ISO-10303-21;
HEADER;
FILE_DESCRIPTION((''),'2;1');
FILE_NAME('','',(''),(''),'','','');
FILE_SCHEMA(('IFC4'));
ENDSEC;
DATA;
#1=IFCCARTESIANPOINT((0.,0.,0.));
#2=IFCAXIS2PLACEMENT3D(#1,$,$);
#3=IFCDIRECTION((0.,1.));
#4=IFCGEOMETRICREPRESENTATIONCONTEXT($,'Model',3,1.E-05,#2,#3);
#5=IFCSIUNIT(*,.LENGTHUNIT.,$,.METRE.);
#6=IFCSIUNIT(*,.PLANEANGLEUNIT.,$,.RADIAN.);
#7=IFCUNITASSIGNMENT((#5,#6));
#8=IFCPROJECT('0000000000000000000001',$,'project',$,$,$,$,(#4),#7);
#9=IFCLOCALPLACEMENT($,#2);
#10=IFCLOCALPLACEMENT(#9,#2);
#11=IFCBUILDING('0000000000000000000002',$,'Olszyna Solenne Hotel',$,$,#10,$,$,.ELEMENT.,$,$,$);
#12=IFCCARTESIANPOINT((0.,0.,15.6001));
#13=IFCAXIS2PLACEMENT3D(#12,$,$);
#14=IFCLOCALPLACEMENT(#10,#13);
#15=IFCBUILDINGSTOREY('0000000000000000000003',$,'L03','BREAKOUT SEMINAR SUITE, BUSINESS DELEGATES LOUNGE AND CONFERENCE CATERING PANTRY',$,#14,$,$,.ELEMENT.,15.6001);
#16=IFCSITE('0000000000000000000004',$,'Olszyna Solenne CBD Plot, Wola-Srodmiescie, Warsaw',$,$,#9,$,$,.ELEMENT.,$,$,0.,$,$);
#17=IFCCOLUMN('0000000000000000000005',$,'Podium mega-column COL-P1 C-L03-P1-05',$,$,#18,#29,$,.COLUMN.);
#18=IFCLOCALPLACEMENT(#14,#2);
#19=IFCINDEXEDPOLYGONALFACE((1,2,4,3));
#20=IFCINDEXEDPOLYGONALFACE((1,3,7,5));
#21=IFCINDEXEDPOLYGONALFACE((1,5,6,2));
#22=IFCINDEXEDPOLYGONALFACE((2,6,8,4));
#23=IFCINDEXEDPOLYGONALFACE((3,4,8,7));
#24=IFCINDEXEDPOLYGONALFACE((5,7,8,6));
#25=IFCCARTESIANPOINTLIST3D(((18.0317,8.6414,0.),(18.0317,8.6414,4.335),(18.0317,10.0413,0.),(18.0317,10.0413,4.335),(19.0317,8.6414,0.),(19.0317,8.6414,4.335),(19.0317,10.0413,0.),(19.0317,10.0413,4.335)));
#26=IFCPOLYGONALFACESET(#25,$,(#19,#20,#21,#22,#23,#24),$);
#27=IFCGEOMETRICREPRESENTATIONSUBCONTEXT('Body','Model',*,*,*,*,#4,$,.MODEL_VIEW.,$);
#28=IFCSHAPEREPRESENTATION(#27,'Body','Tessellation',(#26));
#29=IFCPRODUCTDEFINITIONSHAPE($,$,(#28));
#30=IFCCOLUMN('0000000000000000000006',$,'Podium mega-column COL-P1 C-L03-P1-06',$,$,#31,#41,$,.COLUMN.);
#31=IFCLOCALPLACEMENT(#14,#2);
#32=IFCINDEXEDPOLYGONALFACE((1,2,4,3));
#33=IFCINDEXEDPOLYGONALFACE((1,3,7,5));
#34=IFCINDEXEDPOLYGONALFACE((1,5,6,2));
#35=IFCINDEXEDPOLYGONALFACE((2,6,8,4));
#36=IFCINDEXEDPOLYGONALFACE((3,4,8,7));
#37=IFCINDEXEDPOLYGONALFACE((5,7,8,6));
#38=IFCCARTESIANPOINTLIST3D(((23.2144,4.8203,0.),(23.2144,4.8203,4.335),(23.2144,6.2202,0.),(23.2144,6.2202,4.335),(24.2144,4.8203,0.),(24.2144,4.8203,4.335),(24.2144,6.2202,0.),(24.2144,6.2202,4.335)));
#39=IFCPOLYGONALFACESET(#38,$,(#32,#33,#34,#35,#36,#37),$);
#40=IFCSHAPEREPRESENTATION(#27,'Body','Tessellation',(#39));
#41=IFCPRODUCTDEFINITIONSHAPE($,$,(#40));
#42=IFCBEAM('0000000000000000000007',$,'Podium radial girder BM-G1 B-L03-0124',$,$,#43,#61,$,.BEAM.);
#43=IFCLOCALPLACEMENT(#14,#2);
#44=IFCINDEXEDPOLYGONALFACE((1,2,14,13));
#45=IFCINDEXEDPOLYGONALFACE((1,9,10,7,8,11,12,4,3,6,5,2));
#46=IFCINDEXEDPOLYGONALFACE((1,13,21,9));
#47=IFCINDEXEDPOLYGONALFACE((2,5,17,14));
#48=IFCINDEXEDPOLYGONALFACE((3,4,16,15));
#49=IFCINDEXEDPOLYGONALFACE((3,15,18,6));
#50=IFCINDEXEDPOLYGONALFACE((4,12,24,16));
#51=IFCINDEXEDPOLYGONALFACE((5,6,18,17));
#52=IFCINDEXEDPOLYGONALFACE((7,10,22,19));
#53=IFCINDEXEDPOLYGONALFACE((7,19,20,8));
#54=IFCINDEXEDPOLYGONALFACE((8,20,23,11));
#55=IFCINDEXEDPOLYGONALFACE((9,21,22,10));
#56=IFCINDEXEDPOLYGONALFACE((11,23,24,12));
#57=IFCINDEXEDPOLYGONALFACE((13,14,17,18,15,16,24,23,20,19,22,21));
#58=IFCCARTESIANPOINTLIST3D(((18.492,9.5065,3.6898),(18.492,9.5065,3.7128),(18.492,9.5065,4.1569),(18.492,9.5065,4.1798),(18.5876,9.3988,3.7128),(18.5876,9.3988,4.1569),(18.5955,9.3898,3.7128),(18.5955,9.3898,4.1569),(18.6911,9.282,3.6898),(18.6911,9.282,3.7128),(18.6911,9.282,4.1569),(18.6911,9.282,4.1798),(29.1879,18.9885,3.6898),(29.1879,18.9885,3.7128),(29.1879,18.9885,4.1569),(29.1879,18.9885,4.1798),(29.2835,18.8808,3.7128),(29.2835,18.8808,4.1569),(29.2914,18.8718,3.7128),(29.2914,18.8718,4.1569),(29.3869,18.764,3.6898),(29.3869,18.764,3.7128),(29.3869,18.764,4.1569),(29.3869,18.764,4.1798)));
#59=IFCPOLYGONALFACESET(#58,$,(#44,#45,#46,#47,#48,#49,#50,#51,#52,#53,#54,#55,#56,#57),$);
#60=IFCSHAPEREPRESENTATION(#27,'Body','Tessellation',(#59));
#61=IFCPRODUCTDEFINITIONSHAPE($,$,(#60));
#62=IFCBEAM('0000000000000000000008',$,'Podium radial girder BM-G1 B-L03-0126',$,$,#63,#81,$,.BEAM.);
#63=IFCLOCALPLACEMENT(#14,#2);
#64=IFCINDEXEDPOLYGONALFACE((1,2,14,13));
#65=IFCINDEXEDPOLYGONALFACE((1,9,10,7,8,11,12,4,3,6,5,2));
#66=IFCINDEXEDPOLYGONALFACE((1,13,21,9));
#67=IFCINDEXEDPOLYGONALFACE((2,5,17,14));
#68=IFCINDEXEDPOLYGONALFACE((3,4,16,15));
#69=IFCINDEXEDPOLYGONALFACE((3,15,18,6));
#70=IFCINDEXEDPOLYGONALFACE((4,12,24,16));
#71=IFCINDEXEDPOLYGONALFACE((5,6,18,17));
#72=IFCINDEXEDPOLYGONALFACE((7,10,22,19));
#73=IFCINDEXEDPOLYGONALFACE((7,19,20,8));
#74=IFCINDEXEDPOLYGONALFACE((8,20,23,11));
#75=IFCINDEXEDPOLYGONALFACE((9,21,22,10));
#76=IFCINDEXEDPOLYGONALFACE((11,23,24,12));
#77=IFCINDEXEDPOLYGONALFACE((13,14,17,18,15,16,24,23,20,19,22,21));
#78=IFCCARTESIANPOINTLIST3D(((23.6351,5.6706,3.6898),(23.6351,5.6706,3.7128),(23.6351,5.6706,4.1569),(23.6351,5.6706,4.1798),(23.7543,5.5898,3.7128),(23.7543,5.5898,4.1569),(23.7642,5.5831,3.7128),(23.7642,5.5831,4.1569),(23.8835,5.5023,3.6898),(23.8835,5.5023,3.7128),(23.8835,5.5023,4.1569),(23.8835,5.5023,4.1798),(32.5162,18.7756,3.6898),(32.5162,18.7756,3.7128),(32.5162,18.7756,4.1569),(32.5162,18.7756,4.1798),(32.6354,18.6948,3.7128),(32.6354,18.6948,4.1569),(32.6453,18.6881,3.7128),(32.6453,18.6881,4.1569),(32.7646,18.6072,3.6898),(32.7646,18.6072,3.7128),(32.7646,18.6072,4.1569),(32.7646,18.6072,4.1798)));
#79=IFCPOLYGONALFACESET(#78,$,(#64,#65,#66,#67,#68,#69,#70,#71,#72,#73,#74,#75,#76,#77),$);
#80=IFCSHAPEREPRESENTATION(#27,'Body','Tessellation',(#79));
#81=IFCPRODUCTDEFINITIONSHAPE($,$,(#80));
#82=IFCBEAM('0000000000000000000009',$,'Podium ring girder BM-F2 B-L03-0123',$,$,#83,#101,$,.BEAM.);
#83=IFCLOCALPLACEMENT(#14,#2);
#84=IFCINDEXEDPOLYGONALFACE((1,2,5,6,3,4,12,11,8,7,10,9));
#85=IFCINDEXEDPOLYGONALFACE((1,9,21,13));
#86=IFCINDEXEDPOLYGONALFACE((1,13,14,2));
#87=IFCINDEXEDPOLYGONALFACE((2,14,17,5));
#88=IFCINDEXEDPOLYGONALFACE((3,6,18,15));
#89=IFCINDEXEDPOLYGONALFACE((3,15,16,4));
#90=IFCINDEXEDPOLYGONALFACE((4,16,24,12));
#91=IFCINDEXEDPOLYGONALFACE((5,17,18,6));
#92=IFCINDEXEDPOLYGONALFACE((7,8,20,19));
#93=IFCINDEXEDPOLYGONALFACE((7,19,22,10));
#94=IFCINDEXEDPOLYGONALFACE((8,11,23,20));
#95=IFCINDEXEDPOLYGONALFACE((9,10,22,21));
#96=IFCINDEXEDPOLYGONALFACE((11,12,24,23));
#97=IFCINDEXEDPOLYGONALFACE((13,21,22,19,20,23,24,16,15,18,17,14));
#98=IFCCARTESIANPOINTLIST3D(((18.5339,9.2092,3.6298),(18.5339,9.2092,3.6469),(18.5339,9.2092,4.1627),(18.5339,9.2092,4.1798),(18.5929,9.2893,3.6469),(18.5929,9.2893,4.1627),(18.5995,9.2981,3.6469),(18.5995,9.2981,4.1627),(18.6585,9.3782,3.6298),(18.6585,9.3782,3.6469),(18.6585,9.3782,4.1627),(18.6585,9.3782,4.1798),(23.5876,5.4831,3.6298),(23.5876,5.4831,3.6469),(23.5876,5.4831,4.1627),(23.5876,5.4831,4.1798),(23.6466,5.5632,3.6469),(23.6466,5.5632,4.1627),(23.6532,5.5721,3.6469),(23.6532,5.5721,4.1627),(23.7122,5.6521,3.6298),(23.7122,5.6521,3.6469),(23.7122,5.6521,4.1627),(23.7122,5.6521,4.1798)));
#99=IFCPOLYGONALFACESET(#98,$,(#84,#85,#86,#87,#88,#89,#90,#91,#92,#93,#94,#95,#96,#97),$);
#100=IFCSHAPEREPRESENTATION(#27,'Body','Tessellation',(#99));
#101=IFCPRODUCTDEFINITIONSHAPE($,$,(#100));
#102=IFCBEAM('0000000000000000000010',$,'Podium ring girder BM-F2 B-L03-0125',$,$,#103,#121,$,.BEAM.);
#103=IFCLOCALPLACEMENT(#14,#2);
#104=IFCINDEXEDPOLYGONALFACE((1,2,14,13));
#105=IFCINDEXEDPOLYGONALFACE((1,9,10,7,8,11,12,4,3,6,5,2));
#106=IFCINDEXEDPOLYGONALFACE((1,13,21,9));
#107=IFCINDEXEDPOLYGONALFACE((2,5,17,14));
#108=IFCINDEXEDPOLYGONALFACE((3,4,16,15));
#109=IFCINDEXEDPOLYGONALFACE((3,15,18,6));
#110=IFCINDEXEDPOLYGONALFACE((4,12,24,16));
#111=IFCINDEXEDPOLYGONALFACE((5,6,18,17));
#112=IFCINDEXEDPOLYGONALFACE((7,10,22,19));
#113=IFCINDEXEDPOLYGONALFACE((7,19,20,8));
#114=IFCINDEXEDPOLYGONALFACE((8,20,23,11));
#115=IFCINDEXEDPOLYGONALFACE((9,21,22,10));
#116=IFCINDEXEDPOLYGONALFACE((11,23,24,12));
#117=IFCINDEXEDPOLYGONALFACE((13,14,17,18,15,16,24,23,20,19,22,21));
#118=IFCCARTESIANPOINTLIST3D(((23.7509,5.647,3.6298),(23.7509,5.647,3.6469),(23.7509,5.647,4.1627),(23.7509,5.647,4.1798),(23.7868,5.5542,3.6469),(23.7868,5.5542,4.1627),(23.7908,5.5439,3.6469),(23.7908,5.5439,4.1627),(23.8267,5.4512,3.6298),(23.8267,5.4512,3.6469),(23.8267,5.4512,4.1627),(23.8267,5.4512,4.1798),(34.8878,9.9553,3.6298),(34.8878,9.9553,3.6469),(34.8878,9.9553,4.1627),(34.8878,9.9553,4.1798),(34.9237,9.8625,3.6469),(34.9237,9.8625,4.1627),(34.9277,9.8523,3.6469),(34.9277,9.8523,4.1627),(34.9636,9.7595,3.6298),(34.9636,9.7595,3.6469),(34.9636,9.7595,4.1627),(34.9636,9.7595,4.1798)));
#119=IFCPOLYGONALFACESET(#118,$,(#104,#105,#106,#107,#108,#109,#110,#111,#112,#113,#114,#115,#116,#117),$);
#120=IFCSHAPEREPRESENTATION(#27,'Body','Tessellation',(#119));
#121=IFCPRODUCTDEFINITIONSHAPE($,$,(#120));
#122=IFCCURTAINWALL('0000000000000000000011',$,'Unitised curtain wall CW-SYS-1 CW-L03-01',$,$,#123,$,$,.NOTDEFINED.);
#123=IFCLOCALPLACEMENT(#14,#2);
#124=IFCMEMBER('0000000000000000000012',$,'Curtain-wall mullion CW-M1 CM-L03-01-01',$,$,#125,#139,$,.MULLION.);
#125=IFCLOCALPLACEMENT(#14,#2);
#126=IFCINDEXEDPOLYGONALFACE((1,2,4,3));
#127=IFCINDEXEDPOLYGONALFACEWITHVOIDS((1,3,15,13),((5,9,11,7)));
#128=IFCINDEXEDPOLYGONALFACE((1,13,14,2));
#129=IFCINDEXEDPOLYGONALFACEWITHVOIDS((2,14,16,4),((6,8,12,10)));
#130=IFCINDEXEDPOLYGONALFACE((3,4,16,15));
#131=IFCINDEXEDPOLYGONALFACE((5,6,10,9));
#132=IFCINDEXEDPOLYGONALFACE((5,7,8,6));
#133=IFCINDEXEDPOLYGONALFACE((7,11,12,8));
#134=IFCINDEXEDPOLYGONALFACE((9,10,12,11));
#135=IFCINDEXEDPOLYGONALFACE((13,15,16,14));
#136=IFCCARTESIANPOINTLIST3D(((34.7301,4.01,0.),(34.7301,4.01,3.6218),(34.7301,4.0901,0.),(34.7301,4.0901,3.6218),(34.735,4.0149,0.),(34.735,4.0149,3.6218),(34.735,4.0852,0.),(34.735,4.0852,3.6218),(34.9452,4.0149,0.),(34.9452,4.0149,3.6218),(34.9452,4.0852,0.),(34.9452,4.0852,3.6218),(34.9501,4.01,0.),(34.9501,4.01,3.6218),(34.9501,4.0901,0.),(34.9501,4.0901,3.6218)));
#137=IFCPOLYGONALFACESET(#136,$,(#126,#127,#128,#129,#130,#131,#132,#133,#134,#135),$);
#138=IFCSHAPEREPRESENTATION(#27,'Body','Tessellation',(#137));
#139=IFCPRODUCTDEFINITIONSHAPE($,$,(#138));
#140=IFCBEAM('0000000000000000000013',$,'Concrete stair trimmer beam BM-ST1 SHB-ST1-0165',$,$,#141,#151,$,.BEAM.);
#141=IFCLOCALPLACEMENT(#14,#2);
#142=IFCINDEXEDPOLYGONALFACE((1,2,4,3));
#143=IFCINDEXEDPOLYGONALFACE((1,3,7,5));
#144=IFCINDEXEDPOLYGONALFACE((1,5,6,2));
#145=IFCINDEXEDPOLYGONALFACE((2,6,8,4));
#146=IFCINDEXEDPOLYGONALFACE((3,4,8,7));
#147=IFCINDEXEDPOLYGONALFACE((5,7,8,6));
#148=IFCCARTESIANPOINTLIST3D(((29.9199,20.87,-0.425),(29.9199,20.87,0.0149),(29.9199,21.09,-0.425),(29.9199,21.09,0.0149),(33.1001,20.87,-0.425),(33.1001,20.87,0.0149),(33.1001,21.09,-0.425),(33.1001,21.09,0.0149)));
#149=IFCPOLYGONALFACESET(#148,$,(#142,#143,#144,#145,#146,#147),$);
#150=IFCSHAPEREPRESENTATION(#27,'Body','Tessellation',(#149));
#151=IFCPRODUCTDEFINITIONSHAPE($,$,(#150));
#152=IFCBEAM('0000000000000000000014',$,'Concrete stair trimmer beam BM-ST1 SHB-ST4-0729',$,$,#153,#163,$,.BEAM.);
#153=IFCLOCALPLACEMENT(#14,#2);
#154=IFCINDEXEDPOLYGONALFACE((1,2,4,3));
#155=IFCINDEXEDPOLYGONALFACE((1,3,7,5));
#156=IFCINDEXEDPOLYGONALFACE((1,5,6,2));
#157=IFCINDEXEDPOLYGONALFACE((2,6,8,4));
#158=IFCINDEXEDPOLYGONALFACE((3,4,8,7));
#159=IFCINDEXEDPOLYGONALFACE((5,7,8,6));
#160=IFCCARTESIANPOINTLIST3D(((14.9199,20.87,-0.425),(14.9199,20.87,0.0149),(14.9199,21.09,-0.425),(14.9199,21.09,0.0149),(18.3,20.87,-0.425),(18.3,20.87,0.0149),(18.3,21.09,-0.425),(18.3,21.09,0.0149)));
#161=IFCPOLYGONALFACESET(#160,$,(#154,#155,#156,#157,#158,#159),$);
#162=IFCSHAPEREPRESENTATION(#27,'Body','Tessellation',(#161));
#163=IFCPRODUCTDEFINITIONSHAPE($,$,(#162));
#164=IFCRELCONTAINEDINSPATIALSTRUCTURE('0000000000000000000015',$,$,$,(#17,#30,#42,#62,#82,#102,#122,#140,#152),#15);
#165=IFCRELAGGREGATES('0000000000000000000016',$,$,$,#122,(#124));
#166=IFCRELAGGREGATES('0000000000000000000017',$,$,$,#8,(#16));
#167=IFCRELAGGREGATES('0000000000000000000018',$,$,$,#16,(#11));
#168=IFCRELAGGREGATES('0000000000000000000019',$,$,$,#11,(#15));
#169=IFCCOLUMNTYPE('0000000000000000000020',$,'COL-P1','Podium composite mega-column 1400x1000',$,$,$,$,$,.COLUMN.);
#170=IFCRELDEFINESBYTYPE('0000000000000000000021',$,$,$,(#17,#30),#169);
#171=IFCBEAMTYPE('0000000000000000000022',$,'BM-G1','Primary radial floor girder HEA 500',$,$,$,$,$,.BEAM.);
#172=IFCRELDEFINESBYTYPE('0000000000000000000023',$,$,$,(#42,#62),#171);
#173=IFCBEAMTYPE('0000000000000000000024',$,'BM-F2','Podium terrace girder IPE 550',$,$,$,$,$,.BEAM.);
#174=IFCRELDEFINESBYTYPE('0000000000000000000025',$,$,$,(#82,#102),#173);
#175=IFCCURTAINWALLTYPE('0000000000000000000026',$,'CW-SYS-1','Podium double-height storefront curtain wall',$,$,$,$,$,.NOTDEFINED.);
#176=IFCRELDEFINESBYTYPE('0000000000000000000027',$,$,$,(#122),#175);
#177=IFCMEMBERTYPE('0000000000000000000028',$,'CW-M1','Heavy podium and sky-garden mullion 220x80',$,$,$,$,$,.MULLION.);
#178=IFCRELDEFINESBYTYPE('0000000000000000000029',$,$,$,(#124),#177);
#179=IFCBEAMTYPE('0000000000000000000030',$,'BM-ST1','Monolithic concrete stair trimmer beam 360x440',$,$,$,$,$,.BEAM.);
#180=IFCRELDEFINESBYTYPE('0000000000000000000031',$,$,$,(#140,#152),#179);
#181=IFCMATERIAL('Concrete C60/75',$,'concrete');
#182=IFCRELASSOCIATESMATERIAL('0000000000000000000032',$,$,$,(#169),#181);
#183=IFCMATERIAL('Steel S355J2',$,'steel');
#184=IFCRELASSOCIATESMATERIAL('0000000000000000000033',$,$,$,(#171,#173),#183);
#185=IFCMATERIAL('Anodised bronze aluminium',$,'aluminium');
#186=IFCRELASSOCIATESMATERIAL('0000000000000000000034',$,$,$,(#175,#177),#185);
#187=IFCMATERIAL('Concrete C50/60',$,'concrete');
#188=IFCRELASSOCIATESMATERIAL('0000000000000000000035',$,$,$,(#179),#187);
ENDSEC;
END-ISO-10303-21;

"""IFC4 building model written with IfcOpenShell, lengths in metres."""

from ifc_helpers import new_model, si_unit, direction, frame, origin, origin_2d, place, context, subcontext, project, spatial, rectangle, hollow_rectangle, i_section, extrude, source, transform, mapped, material, material_profile, profile_set, type_object, element, aggregate, save


model = new_model("IFC4")

# Units and contexts
model_context = context("Model", 3, precision=1e-05, world=origin(), true_north=direction((0.0, 1.0)))
body_context = subcontext(model_context, "Body", "Model", "MODEL_VIEW")
ifc_project = project(units=[si_unit("LENGTHUNIT", "METRE"), si_unit("PLANEANGLEUNIT", "RADIAN")], contexts=[model_context])

# Site, building, storey
site_placement = place(None, origin())
site = spatial("IfcSite", under=ifc_project, at=site_placement, Name="Olszyna Solenne CBD Plot, Wola-Srodmiescie, Warsaw", CompositionType="ELEMENT", RefElevation=0.0)
building_placement = place(site_placement, origin())
building = spatial("IfcBuilding", under=site, at=building_placement, Name="Olszyna Solenne Hotel", CompositionType="ELEMENT")
storey_placement = place(building_placement, frame((0.0, 0.0, 15.6001)))
storey = spatial("IfcBuildingStorey", under=building, at=storey_placement, Name="L03", Description="BREAKOUT SEMINAR SUITE, BUSINESS DELEGATES LOUNGE AND CONFERENCE CATERING PANTRY", CompositionType="ELEMENT", Elevation=15.6001)

# Columns
ifc_material_1 = material(Name="Concrete C60/75", Category="concrete")
ifc_material_profile_1 = material_profile(ifc_material_1, rectangle(XDim=1.0, YDim=1.3999, at=origin_2d()), Name="RC 1400x1000", Category="load-bearing")
ifc_profile_set_1 = profile_set([ifc_material_profile_1], Name="Concrete C60/75")
column_type = type_object("IfcColumnType", Name="COL-P1", Description="Podium composite mega-column 1400x1000", PredefinedType="COLUMN", material=ifc_profile_set_1)
shared_shape_1 = source(origin(), body_context, "Body", "SweptSolid", [
    extrude(rectangle(XDim=1.0, YDim=1.3999, at=origin_2d()), origin(), (0.0, 0.0, 1.0), 4.335),
])
for number, where, z_axis, x_axis, name in (
    (1, (18.5317, 9.3413, 0.0), (0.0, 0.0, 1.0), (1.0, 0.0, 0.0), "Podium mega-column COL-P1 C-L03-P1-05"),
    (2, (23.7144, 5.5203, 0.0), (0.0, 0.0, 1.0), (1.0, 0.0, 0.0), "Podium mega-column COL-P1 C-L03-P1-06"),
):
    element("IfcColumn", number, at=place(storey_placement, frame(where, z_axis=z_axis, x_axis=x_axis)), inside=storey, type_object=column_type, Name=name, PredefinedType="COLUMN", context=body_context, shape_type="MappedRepresentation", body=[
        mapped(shared_shape_1, transform((0.0, 0.0, 0.0), x_axis=(1.0, 0.0, 0.0), y_axis=(0.0, 1.0, 0.0), z_axis=(0.0, 0.0, 1.0), scale=1.0)),
    ])

# Beams
ifc_material_2 = material(Name="Steel S355J2", Category="steel")
ifc_material_profile_2 = material_profile(ifc_material_2, i_section(OverallWidth=0.3, OverallDepth=0.49, WebThickness=0.012, FlangeThickness=0.0229, at=origin_2d()), Name="HEA 500", Category="load-bearing")
ifc_profile_set_2 = profile_set([ifc_material_profile_2], Name="Steel S355J2")
beam_type_1 = type_object("IfcBeamType", Name="BM-G1", Description="Primary radial floor girder HEA 500", PredefinedType="BEAM", material=ifc_profile_set_2)
shared_shape_2 = source(origin(), body_context, "Body", "SweptSolid", [
    extrude(i_section(OverallWidth=0.3, OverallDepth=0.49, WebThickness=0.012, FlangeThickness=0.0229, at=origin_2d()), origin(), (0.0, 0.0, 1.0), 14.2937),
])
beam_1_placement = place(storey_placement, frame((18.5916, 9.3943, 3.9348), z_axis=(0.748293, 0.663369, 0.0), x_axis=(-0.663369, 0.748293, 0.0)))
element("IfcBeam", 3, at=beam_1_placement, inside=storey, type_object=beam_type_1, Name="Podium radial girder BM-G1 B-L03-0124", PredefinedType="BEAM", context=body_context, shape_type="MappedRepresentation", body=[
    mapped(shared_shape_2, transform((0.0, 0.0, 0.0), x_axis=(1.0, 0.0, 0.0), y_axis=(0.0, 1.0, 0.0), z_axis=(0.0, 0.0, 1.0), scale=1.0)),
])
shared_shape_3 = source(origin(), body_context, "Body", "SweptSolid", [
    extrude(i_section(OverallWidth=0.3, OverallDepth=0.49, WebThickness=0.012, FlangeThickness=0.0229, at=origin_2d()), origin(), (0.0, 0.0, 1.0), 15.8308),
])
beam_2_placement = place(storey_placement, frame((23.7593, 5.5864, 3.9348), z_axis=(0.561001, 0.827815, 0.0), x_axis=(-0.827815, 0.561001, 0.0)))
element("IfcBeam", 4, at=beam_2_placement, inside=storey, type_object=beam_type_1, Name="Podium radial girder BM-G1 B-L03-0126", PredefinedType="BEAM", context=body_context, shape_type="MappedRepresentation", body=[
    mapped(shared_shape_3, transform((0.0, 0.0, 0.0), x_axis=(1.0, 0.0, 0.0), y_axis=(0.0, 1.0, 0.0), z_axis=(0.0, 0.0, 1.0), scale=1.0)),
])
ifc_material_profile_3 = material_profile(ifc_material_2, i_section(OverallWidth=0.21, OverallDepth=0.55, WebThickness=0.011, FlangeThickness=0.0171, at=origin_2d()), Name="IPE 550", Category="load-bearing")
ifc_profile_set_3 = profile_set([ifc_material_profile_3], Name="Steel S355J2")
beam_type_2 = type_object("IfcBeamType", Name="BM-F2", Description="Podium terrace girder IPE 550", PredefinedType="BEAM", material=ifc_profile_set_3)
shared_shape_4 = source(origin(), body_context, "Body", "SweptSolid", [
    extrude(i_section(OverallWidth=0.21, OverallDepth=0.55, WebThickness=0.011, FlangeThickness=0.0171, at=origin_2d()), origin(), (0.0, 0.0, 1.0), 6.2788),
])
beam_3_placement = place(storey_placement, frame((18.5962, 9.2937, 3.9048), z_axis=(0.804882, -0.593435, 0.0), x_axis=(0.593435, 0.804882, 0.0)))
element("IfcBeam", 5, at=beam_3_placement, inside=storey, type_object=beam_type_2, Name="Podium ring girder BM-F2 B-L03-0123", PredefinedType="BEAM", context=body_context, shape_type="MappedRepresentation", body=[
    mapped(shared_shape_4, transform((0.0, 0.0, 0.0), x_axis=(1.0, 0.0, 0.0), y_axis=(0.0, 1.0, 0.0), z_axis=(0.0, 0.0, 1.0), scale=1.0)),
])
shared_shape_5 = source(origin(), body_context, "Body", "SweptSolid", [
    extrude(i_section(OverallWidth=0.21, OverallDepth=0.55, WebThickness=0.011, FlangeThickness=0.0171, at=origin_2d()), origin(), (0.0, 0.0, 1.0), 11.9412),
])
beam_4_placement = place(storey_placement, frame((23.7888, 5.5491, 3.9048), z_axis=(0.932645, 0.360795, 0.0), x_axis=(-0.360795, 0.932645, 0.0)))
element("IfcBeam", 6, at=beam_4_placement, inside=storey, type_object=beam_type_2, Name="Podium ring girder BM-F2 B-L03-0125", PredefinedType="BEAM", context=body_context, shape_type="MappedRepresentation", body=[
    mapped(shared_shape_5, transform((0.0, 0.0, 0.0), x_axis=(1.0, 0.0, 0.0), y_axis=(0.0, 1.0, 0.0), z_axis=(0.0, 0.0, 1.0), scale=1.0)),
])

# Curtain wall, member
ifc_material_3 = material(Name="Anodised bronze aluminium", Category="aluminium")
curtain_wall_type = type_object("IfcCurtainWallType", Name="CW-SYS-1", Description="Podium double-height storefront curtain wall", PredefinedType="NOTDEFINED", material=ifc_material_3)
curtain_wall_placement = place(storey_placement, origin())
curtain_wall = element("IfcCurtainWall", 7, at=curtain_wall_placement, inside=storey, type_object=curtain_wall_type, Name="Unitised curtain wall CW-SYS-1 CW-L03-01", PredefinedType="NOTDEFINED")
ifc_material_profile_4 = material_profile(ifc_material_3, hollow_rectangle(XDim=0.0801, YDim=0.22, WallThickness=0.0049, at=origin_2d()), Name="MULL 220x80x5", Category="load-bearing")
ifc_profile_set_4 = profile_set([ifc_material_profile_4], Name="Anodised bronze aluminium")
member_type = type_object("IfcMemberType", Name="CW-M1", Description="Heavy podium and sky-garden mullion 220x80", PredefinedType="MULLION", material=ifc_profile_set_4)
shared_shape_6 = source(origin(), body_context, "Body", "SweptSolid", [
    extrude(hollow_rectangle(XDim=0.0801, YDim=0.22, WallThickness=0.0049, at=origin_2d()), origin(), (0.0, 0.0, 1.0), 3.6218),
])
member_placement = place(storey_placement, frame((34.8401, 4.05, 0.0), z_axis=(0.0, 0.0, 1.0), x_axis=(0.0, 1.0, 0.0)))
member = element("IfcMember", 8, at=member_placement, type_object=member_type, Name="Curtain-wall mullion CW-M1 CM-L03-01-01", PredefinedType="MULLION", context=body_context, shape_type="MappedRepresentation", body=[
    mapped(shared_shape_6, transform((0.0, 0.0, 0.0), x_axis=(1.0, 0.0, 0.0), y_axis=(0.0, 1.0, 0.0), z_axis=(0.0, 0.0, 1.0), scale=1.0)),
])
aggregate(curtain_wall, [member])

# Beams
ifc_material_4 = material(Name="Concrete C50/60", Category="concrete")
ifc_material_profile_5 = material_profile(ifc_material_4, rectangle(XDim=0.22, YDim=0.4399, at=origin_2d()), Name="RC 220x440", Category="load-bearing")
ifc_profile_set_5 = profile_set([ifc_material_profile_5], Name="Concrete C50/60")
beam_type_3 = type_object("IfcBeamType", Name="BM-ST1", Description="Monolithic concrete stair trimmer beam 360x440", PredefinedType="BEAM", material=ifc_profile_set_5)
shared_shape_7 = source(origin(), body_context, "Body", "SweptSolid", [
    extrude(rectangle(XDim=0.22, YDim=0.4399, at=origin_2d()), origin(), (0.0, 0.0, 1.0), 3.1802),
])
beam_5_placement = place(storey_placement, frame((33.1001, 20.98, -0.2051), z_axis=(-1.0, 0.0, 0.0), x_axis=(0.0, -1.0, 0.0)))
element("IfcBeam", 9, at=beam_5_placement, inside=storey, type_object=beam_type_3, Name="Concrete stair trimmer beam BM-ST1 SHB-ST1-0165", PredefinedType="BEAM", context=body_context, shape_type="MappedRepresentation", body=[
    mapped(shared_shape_7, transform((0.0, 0.0, 0.0), x_axis=(1.0, 0.0, 0.0), y_axis=(0.0, 1.0, 0.0), z_axis=(0.0, 0.0, 1.0), scale=1.0)),
])
shared_shape_8 = source(origin(), body_context, "Body", "SweptSolid", [
    extrude(rectangle(XDim=0.22, YDim=0.4399, at=origin_2d()), origin(), (0.0, 0.0, 1.0), 3.3801),
])
beam_6_placement = place(storey_placement, frame((18.3, 20.98, -0.2051), z_axis=(-1.0, 0.0, 0.0), x_axis=(0.0, -1.0, 0.0)))
element("IfcBeam", 10, at=beam_6_placement, inside=storey, type_object=beam_type_3, Name="Concrete stair trimmer beam BM-ST1 SHB-ST4-0729", PredefinedType="BEAM", context=body_context, shape_type="MappedRepresentation", body=[
    mapped(shared_shape_8, transform((0.0, 0.0, 0.0), x_axis=(1.0, 0.0, 0.0), y_axis=(0.0, 1.0, 0.0), z_axis=(0.0, 0.0, 1.0), scale=1.0)),
])

save(model, "model.ifc")
